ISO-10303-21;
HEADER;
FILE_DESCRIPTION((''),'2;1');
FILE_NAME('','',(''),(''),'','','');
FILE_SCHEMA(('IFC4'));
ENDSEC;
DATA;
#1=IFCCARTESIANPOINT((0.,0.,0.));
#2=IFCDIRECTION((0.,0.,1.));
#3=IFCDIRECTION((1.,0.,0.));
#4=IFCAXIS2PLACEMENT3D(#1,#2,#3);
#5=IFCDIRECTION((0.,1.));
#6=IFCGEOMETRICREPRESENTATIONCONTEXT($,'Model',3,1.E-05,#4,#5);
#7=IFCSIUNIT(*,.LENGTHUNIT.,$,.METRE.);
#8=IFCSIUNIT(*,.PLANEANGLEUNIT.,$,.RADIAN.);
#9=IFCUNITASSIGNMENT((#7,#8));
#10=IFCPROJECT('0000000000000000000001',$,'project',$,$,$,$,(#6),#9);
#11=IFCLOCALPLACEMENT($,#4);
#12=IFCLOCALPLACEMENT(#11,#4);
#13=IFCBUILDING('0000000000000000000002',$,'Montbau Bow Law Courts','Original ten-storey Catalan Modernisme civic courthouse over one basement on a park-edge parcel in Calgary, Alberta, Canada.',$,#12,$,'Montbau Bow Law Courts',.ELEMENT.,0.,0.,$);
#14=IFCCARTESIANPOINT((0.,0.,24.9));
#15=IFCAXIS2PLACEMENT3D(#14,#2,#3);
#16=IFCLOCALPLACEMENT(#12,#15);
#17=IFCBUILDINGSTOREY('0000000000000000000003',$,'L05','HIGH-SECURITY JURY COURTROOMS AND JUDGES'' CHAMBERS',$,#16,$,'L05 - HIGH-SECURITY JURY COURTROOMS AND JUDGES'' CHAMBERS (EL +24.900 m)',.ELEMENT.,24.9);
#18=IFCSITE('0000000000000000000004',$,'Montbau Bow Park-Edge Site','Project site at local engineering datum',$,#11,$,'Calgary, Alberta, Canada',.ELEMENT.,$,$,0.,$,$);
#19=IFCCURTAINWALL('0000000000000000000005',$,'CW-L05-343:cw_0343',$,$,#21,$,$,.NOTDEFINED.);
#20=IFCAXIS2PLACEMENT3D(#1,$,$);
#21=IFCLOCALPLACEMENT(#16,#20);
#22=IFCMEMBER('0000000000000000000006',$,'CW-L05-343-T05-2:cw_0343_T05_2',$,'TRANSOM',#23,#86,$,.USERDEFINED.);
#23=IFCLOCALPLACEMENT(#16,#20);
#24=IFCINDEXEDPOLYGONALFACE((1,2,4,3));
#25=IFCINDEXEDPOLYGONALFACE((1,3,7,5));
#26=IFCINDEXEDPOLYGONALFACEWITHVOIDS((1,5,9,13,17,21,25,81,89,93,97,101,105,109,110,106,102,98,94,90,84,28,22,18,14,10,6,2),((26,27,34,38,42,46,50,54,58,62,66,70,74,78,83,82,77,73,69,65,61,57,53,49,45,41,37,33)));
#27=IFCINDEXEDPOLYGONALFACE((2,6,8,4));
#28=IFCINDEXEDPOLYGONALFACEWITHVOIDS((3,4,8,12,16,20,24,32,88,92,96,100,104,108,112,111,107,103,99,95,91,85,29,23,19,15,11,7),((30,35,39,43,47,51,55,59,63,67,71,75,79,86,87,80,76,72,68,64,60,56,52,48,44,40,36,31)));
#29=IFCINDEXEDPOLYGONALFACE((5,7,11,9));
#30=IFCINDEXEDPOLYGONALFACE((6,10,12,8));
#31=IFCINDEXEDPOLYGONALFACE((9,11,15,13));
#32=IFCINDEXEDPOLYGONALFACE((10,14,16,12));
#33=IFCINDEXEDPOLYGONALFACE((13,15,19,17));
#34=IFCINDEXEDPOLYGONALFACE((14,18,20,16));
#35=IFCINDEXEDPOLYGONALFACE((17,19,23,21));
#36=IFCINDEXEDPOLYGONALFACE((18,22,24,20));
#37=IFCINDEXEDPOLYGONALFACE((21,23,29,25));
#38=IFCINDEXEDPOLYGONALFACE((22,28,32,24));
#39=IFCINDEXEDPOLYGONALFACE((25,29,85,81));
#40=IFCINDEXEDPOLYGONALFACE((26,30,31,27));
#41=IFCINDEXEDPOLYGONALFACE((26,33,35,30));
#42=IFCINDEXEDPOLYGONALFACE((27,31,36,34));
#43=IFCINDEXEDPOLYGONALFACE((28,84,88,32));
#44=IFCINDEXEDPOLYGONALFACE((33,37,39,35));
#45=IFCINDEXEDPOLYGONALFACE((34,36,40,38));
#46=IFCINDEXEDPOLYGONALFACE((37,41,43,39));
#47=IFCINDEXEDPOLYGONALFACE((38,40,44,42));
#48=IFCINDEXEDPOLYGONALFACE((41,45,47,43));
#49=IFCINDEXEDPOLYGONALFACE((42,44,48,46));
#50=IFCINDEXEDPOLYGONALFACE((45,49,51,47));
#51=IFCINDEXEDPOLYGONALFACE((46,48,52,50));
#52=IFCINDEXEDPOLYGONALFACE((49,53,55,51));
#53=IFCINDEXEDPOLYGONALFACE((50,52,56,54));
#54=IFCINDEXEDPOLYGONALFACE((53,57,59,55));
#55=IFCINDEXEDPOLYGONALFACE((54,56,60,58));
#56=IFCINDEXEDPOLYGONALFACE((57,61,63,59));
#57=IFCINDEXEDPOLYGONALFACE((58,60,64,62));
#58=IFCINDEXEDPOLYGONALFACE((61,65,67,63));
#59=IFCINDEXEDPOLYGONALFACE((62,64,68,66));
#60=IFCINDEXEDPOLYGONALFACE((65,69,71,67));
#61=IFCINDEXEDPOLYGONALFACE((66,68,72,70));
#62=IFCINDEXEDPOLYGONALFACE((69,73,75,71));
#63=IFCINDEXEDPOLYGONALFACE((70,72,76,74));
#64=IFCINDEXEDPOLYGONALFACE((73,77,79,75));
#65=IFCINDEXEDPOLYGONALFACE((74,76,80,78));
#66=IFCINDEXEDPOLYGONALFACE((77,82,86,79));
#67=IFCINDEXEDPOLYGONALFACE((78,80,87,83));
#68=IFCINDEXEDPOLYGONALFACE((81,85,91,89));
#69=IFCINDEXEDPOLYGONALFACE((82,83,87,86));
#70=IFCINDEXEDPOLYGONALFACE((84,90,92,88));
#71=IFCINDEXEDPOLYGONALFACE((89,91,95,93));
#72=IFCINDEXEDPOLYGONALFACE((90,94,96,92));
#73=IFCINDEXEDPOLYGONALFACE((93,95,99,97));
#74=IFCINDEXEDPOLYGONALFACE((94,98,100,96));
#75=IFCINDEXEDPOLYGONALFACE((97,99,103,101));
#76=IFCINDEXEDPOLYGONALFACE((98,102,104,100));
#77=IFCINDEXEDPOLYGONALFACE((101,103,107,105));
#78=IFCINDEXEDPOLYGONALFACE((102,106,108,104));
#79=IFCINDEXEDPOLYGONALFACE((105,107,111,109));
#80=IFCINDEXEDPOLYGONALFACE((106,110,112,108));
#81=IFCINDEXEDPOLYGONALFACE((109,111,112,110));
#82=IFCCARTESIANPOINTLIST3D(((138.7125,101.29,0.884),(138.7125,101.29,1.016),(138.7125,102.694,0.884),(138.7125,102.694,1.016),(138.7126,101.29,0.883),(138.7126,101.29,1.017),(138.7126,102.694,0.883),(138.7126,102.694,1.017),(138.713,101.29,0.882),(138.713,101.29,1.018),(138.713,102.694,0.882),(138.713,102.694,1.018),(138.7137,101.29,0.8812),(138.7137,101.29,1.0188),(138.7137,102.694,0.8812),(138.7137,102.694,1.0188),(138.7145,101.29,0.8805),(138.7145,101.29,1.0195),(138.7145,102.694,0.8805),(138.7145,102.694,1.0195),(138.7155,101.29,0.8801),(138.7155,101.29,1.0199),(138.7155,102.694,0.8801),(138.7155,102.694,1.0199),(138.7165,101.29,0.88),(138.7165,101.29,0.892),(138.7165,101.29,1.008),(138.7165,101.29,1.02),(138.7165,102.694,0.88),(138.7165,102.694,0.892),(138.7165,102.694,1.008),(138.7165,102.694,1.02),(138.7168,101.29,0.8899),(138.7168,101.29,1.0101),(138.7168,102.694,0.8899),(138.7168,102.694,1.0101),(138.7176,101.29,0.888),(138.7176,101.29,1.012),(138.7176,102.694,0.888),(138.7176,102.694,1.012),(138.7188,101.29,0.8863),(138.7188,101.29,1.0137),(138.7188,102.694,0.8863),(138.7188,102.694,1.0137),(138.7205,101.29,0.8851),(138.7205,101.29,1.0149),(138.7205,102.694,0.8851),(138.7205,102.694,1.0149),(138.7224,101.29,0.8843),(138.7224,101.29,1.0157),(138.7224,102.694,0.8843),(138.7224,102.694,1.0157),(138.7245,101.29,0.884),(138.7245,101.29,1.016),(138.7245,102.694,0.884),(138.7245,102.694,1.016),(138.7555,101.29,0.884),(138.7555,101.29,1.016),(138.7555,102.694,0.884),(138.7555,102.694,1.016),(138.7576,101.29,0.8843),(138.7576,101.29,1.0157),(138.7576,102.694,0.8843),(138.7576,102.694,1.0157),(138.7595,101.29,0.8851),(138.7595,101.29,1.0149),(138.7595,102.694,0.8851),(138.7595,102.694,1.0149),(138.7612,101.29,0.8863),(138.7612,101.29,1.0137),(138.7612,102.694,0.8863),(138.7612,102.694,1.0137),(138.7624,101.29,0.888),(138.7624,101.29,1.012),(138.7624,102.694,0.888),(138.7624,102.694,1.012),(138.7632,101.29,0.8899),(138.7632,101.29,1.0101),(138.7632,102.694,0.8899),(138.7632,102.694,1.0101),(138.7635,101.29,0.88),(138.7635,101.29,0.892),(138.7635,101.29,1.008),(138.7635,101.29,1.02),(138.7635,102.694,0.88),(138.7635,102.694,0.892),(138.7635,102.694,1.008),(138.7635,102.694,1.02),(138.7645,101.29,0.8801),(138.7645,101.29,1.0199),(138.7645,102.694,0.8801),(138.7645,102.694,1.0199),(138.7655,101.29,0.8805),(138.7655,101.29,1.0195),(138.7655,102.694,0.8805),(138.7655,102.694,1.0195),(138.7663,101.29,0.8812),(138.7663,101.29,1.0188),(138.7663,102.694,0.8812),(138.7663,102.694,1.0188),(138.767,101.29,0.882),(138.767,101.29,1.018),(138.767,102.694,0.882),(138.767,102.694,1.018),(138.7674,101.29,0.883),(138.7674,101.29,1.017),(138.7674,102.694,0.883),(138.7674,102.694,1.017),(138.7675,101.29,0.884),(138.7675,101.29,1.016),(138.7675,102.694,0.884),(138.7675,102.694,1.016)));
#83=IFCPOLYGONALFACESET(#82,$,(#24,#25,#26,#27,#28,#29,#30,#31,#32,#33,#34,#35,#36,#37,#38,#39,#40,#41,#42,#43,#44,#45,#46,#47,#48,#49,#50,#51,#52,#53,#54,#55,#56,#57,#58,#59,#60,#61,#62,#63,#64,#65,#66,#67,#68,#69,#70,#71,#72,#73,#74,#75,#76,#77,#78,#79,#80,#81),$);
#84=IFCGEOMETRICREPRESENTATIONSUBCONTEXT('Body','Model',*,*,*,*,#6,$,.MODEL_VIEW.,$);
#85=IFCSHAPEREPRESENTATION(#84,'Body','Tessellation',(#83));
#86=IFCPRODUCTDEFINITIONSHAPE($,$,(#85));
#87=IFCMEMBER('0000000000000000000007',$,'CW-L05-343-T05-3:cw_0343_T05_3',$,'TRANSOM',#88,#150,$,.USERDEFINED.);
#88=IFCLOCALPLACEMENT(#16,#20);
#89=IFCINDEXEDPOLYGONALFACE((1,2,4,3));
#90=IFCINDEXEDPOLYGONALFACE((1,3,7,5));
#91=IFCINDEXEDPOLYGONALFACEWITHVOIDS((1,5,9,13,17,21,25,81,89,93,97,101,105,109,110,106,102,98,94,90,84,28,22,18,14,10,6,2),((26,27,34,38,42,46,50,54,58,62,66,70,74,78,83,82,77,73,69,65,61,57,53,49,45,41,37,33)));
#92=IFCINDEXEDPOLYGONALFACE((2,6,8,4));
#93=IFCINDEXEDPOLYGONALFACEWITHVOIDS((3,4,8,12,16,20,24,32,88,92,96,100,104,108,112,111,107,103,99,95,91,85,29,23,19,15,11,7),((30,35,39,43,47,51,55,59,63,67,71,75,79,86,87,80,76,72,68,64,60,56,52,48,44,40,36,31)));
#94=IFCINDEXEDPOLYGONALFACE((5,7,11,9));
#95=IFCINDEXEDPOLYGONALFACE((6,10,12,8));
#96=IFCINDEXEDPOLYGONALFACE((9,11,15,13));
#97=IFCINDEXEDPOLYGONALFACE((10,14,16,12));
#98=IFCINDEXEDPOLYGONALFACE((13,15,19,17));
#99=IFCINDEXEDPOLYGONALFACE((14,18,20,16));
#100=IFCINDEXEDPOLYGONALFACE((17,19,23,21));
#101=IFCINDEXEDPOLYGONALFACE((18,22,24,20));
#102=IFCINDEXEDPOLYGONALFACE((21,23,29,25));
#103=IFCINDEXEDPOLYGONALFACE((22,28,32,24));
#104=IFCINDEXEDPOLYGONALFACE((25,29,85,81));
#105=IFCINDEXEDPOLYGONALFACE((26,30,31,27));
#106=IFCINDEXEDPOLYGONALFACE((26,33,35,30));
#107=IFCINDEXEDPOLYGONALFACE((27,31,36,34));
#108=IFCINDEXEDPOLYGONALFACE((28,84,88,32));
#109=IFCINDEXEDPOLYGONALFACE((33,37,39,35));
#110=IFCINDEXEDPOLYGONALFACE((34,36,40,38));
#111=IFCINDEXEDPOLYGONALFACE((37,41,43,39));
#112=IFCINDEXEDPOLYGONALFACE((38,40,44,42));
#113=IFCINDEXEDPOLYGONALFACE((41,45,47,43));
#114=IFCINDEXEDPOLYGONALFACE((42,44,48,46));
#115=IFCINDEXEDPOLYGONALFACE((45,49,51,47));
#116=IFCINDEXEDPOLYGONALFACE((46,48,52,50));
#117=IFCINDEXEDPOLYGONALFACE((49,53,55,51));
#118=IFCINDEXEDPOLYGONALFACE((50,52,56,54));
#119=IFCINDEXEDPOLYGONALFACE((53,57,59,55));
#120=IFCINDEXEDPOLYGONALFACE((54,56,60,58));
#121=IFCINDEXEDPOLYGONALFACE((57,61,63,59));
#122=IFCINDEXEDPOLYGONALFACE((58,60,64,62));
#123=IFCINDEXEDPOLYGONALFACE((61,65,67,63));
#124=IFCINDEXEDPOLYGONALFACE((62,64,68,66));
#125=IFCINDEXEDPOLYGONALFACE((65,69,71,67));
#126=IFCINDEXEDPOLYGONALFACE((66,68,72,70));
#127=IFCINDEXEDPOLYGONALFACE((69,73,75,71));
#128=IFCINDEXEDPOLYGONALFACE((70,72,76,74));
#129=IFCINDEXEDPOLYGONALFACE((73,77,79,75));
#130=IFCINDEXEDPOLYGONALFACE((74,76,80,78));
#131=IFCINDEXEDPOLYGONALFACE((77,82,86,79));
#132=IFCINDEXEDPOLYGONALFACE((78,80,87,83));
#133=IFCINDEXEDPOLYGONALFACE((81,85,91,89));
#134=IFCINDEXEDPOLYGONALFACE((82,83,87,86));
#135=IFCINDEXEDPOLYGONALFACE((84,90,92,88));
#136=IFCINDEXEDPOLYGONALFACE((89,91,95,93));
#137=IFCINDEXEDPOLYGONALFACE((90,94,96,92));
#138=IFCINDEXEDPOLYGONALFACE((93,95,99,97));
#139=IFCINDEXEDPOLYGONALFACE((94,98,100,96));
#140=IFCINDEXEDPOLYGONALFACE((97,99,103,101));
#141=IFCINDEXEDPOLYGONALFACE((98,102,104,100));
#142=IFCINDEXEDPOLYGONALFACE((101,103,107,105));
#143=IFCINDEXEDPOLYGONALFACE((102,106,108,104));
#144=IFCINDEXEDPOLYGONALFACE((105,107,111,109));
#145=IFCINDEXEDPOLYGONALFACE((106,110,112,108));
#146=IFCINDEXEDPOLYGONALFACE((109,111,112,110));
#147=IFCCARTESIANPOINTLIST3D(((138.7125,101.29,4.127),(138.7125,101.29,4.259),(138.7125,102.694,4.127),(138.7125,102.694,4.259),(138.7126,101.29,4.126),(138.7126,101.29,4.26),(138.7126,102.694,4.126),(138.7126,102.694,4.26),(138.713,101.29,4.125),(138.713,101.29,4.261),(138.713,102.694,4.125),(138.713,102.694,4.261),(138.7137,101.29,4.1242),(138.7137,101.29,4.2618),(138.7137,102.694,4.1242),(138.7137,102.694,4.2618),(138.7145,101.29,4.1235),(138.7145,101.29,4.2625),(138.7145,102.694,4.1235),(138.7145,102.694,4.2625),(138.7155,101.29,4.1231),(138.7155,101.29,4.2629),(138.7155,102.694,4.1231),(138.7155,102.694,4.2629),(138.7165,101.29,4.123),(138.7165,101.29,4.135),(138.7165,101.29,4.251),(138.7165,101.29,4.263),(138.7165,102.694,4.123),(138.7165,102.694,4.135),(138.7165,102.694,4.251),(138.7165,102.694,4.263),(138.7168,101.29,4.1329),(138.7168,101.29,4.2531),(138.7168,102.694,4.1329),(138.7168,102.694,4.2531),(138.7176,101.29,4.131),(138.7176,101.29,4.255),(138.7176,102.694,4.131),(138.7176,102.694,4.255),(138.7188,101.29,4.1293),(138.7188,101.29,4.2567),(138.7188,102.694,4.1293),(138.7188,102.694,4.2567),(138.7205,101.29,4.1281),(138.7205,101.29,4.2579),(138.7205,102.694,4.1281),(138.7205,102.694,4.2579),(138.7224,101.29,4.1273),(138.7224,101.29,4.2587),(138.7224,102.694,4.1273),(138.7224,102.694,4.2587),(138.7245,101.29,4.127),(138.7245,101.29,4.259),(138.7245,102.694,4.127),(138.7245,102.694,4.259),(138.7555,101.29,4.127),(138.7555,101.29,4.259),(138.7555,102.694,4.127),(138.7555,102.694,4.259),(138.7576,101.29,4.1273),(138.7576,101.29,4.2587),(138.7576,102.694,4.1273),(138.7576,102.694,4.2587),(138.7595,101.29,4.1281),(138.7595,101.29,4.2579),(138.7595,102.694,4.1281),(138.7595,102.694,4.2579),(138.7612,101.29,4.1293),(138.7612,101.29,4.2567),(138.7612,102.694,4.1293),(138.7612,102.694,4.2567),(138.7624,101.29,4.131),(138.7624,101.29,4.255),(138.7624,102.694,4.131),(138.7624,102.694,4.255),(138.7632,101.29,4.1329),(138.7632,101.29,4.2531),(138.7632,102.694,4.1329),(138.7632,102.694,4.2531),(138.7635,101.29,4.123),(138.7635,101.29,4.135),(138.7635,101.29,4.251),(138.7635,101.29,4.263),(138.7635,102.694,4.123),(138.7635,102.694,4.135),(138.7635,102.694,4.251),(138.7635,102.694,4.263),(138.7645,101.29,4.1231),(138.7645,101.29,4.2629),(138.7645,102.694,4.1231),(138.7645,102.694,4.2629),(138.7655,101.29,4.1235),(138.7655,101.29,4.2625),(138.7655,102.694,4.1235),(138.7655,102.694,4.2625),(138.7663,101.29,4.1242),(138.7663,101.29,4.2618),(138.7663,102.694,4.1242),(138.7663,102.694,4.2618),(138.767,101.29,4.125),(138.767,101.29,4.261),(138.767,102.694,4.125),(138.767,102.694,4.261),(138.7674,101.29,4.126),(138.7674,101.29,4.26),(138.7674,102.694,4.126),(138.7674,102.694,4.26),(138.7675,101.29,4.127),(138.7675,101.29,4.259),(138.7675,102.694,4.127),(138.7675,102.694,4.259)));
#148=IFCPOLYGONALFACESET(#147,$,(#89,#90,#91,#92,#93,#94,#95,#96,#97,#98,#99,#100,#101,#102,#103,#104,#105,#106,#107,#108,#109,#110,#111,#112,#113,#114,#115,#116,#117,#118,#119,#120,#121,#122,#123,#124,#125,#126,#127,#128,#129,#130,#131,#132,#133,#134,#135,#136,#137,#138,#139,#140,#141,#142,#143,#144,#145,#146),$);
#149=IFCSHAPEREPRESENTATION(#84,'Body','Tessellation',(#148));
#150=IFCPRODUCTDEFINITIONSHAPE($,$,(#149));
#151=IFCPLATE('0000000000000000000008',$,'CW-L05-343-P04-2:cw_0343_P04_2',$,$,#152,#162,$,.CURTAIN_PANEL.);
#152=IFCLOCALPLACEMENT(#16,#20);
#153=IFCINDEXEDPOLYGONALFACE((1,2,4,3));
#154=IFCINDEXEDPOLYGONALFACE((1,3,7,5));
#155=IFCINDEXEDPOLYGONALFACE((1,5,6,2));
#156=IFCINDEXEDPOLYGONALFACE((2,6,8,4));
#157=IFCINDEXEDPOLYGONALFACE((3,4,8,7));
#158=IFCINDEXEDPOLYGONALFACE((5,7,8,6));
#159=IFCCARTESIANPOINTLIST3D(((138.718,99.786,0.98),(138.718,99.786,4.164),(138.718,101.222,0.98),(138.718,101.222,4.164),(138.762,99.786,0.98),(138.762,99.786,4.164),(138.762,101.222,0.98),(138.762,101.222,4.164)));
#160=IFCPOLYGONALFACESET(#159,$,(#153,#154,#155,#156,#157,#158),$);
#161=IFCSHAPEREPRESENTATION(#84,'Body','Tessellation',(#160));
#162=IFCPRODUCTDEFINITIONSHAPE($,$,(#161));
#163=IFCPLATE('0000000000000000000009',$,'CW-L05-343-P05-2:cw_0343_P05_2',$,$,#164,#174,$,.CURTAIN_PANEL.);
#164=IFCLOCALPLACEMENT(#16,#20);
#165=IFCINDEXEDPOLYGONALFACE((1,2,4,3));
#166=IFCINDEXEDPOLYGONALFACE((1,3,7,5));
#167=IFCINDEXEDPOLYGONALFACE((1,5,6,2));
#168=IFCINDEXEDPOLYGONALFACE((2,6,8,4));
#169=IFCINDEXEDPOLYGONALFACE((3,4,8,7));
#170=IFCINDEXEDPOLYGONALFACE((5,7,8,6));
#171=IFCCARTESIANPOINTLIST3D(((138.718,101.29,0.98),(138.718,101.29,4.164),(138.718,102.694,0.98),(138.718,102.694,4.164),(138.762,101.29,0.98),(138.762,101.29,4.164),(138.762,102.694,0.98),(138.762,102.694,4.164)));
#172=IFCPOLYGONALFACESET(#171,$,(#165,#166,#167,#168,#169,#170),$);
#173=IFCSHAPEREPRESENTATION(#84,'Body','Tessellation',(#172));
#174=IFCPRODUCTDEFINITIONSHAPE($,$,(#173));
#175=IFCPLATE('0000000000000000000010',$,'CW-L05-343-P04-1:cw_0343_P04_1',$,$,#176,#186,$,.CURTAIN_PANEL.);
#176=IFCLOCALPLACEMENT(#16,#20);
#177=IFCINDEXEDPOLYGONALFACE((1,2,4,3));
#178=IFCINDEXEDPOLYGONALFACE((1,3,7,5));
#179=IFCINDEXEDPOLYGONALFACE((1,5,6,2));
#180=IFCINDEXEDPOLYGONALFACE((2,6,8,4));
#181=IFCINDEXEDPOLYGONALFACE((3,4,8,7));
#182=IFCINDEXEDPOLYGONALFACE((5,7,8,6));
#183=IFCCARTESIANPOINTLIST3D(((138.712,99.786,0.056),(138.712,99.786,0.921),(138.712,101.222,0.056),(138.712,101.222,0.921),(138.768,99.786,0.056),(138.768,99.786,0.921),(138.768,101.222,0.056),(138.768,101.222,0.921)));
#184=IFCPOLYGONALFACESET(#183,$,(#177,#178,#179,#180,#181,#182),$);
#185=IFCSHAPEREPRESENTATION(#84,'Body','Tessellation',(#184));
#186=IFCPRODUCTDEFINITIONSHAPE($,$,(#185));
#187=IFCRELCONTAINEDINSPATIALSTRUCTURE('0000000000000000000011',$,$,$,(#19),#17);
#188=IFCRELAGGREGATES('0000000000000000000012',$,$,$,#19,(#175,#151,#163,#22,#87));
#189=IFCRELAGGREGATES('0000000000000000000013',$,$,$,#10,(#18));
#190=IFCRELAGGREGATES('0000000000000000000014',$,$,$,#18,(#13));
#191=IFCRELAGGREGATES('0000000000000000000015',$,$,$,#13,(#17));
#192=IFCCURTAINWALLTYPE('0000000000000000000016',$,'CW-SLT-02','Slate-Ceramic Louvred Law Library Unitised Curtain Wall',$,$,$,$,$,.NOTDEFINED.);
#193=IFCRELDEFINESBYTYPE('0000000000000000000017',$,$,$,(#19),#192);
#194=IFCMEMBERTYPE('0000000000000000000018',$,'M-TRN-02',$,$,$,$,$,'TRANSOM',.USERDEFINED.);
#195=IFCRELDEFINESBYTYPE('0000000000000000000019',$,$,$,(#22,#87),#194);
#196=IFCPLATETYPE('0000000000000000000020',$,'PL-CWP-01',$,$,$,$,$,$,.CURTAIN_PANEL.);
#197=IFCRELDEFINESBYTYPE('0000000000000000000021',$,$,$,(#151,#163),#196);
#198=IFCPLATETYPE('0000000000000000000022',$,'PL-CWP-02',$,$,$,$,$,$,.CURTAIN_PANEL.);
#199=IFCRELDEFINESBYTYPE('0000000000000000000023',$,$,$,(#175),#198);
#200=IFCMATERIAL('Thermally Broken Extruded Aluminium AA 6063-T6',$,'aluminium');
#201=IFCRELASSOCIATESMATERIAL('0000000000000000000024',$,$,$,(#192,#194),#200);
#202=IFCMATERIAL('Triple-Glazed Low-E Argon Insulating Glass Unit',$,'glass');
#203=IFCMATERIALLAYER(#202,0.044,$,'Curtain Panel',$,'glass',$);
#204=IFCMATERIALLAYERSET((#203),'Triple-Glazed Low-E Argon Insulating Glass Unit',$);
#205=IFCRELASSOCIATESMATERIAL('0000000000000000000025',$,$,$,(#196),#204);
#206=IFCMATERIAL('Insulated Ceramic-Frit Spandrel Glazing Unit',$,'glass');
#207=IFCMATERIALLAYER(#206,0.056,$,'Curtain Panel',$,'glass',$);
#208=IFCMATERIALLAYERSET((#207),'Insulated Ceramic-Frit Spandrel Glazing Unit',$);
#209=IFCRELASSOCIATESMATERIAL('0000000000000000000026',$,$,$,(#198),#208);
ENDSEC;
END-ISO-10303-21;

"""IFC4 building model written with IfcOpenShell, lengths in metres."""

from ifc_helpers import new_model, si_unit, direction, frame, frame_2d, origin_with_axes, origin_2d_with_axis, place, context, subcontext, project, spatial, rectangle, hollow_rectangle, extrude, material, layer, layer_set, material_profile, profile_set, type_object, element, aggregate, save


model = new_model("IFC4")

# Units and contexts
model_context = context("Model", 3, precision=1e-05, world=origin_with_axes(), true_north=direction((0.0, 1.0)))
body_context = subcontext(model_context, "Body", "Model", "MODEL_VIEW")
ifc_project = project(units=[si_unit("LENGTHUNIT", "METRE"), si_unit("PLANEANGLEUNIT", "RADIAN")], contexts=[model_context])

# Site, building, storey
site_placement = place(None, origin_with_axes())
site = spatial("IfcSite", under=ifc_project, at=site_placement, Name="Montbau Bow Park-Edge Site", Description="Project site at local engineering datum", LongName="Calgary, Alberta, Canada", CompositionType="ELEMENT", RefElevation=0.0)
building_placement = place(site_placement, origin_with_axes())
building = spatial("IfcBuilding", under=site, at=building_placement, Name="Montbau Bow Law Courts", Description="Original ten-storey Catalan Modernisme civic courthouse over one basement on a park-edge parcel in Calgary, Alberta, Canada.", LongName="Montbau Bow Law Courts", CompositionType="ELEMENT", ElevationOfRefHeight=0.0, ElevationOfTerrain=0.0)
storey_placement = place(building_placement, frame((0.0, 0.0, 24.9), z_axis=(0.0, 0.0, 1.0), x_axis=(1.0, 0.0, 0.0)))
storey = spatial("IfcBuildingStorey", under=building, at=storey_placement, Name="L05", Description="HIGH-SECURITY JURY COURTROOMS AND JUDGES' CHAMBERS", LongName="L05 - HIGH-SECURITY JURY COURTROOMS AND JUDGES' CHAMBERS (EL +24.900 m)", CompositionType="ELEMENT", Elevation=24.9)

# Curtain wall, members, plates
ifc_material_1 = material(Name="Thermally Broken Extruded Aluminium AA 6063-T6", Category="aluminium")
curtain_wall_type = type_object("IfcCurtainWallType", Name="CW-SLT-02", Description="Slate-Ceramic Louvred Law Library Unitised Curtain Wall", PredefinedType="NOTDEFINED", material=ifc_material_1)
curtain_wall_placement = place(None, frame((138.74, 95.24, 24.9), z_axis=(0.0, 0.0, 1.0), x_axis=(1.0, 0.0, 0.0)))
curtain_wall = element("IfcCurtainWall", 1, at=curtain_wall_placement, inside=storey, type_object=curtain_wall_type, Name="CW-L05-343:cw_0343", PredefinedType="NOTDEFINED")
ifc_material_profile_1 = material_profile(ifc_material_1, hollow_rectangle(XDim=0.055, YDim=0.14, WallThickness=0.004, InnerFilletRadius=0.008, OuterFilletRadius=0.004, at=origin_2d_with_axis()), Name="CWT-140X55", Category="Main", Priority=0)
ifc_profile_set_1 = profile_set([ifc_material_profile_1], Name="Thermally Broken Extruded Aluminium AA 6063-T6")
member_type_1 = type_object("IfcMemberType", Name="M-TRN-02", ElementType="TRANSOM", PredefinedType="USERDEFINED", material=ifc_profile_set_1)
member_1_placement = place(None, frame((138.74, 101.29, 25.85), z_axis=(0.0, 1.0, 0.0), x_axis=(-1.0, 0.0, 0.0)))
member_1 = element("IfcMember", 2, at=member_1_placement, type_object=member_type_1, Name="CW-L05-343-T05-2:cw_0343_T05_2", ObjectType="TRANSOM", PredefinedType="USERDEFINED", context=body_context, shape_type="SweptSolid", body=[
    extrude(hollow_rectangle(XDim=0.055, YDim=0.14, WallThickness=0.004, InnerFilletRadius=0.008, OuterFilletRadius=0.004, at=origin_2d_with_axis()), origin_with_axes(), (0.0, 0.0, 1.0), 1.404),
])
member_2_placement = place(None, frame((138.74, 101.29, 29.093), z_axis=(0.0, 1.0, 0.0), x_axis=(-1.0, 0.0, 0.0)))
member_2 = element("IfcMember", 3, at=member_2_placement, type_object=member_type_1, Name="CW-L05-343-T05-3:cw_0343_T05_3", ObjectType="TRANSOM", PredefinedType="USERDEFINED", context=body_context, shape_type="SweptSolid", body=[
    extrude(hollow_rectangle(XDim=0.055, YDim=0.14, WallThickness=0.004, InnerFilletRadius=0.008, OuterFilletRadius=0.004, at=origin_2d_with_axis()), origin_with_axes(), (0.0, 0.0, 1.0), 1.404),
])
ifc_material_2 = material(Name="Triple-Glazed Low-E Argon Insulating Glass Unit", Category="glass")
ifc_layer_1 = layer(ifc_material_2, 0.044, Name="Curtain Panel", Category="glass")
ifc_layer_set_1 = layer_set([ifc_layer_1], Name="Triple-Glazed Low-E Argon Insulating Glass Unit")
plate_type_1 = type_object("IfcPlateType", Name="PL-CWP-01", PredefinedType="CURTAIN_PANEL", material=ifc_layer_set_1)
plate_1_placement = place(None, frame((138.74, 99.786, 25.88), z_axis=(1.0, 0.0, 0.0), x_axis=(0.0, 1.0, 0.0)))
plate_1 = element("IfcPlate", 4, at=plate_1_placement, type_object=plate_type_1, Name="CW-L05-343-P04-2:cw_0343_P04_2", PredefinedType="CURTAIN_PANEL", context=body_context, shape_type="SweptSolid", body=[
    extrude(rectangle(XDim=1.436, YDim=3.184, at=frame_2d((0.718, 1.592), x_axis=(1.0, 0.0))), frame((0.0, 0.0, -0.022), z_axis=(0.0, 0.0, 1.0), x_axis=(1.0, 0.0, 0.0)), (0.0, 0.0, 1.0), 0.044),
])
plate_2_placement = place(None, frame((138.74, 101.29, 25.88), z_axis=(1.0, 0.0, 0.0), x_axis=(0.0, 1.0, 0.0)))
plate_2 = element("IfcPlate", 5, at=plate_2_placement, type_object=plate_type_1, Name="CW-L05-343-P05-2:cw_0343_P05_2", PredefinedType="CURTAIN_PANEL", context=body_context, shape_type="SweptSolid", body=[
    extrude(rectangle(XDim=1.404, YDim=3.184, at=frame_2d((0.702, 1.592), x_axis=(1.0, 0.0))), frame((0.0, 0.0, -0.022), z_axis=(0.0, 0.0, 1.0), x_axis=(1.0, 0.0, 0.0)), (0.0, 0.0, 1.0), 0.044),
])
ifc_material_3 = material(Name="Insulated Ceramic-Frit Spandrel Glazing Unit", Category="glass")
ifc_layer_2 = layer(ifc_material_3, 0.056, Name="Curtain Panel", Category="glass")
ifc_layer_set_2 = layer_set([ifc_layer_2], Name="Insulated Ceramic-Frit Spandrel Glazing Unit")
plate_type_2 = type_object("IfcPlateType", Name="PL-CWP-02", PredefinedType="CURTAIN_PANEL", material=ifc_layer_set_2)
plate_3_placement = place(None, frame((138.74, 99.786, 24.956), z_axis=(1.0, 0.0, 0.0), x_axis=(0.0, 1.0, 0.0)))
plate_3 = element("IfcPlate", 6, at=plate_3_placement, type_object=plate_type_2, Name="CW-L05-343-P04-1:cw_0343_P04_1", PredefinedType="CURTAIN_PANEL", context=body_context, shape_type="SweptSolid", body=[
    extrude(rectangle(XDim=1.436, YDim=0.865, at=frame_2d((0.718, 0.4325), x_axis=(1.0, 0.0))), frame((0.0, 0.0, -0.028), z_axis=(0.0, 0.0, 1.0), x_axis=(1.0, 0.0, 0.0)), (0.0, 0.0, 1.0), 0.056),
])
aggregate(curtain_wall, [plate_3, plate_1, plate_2, member_1, member_2])

save(model, "model.ifc")
